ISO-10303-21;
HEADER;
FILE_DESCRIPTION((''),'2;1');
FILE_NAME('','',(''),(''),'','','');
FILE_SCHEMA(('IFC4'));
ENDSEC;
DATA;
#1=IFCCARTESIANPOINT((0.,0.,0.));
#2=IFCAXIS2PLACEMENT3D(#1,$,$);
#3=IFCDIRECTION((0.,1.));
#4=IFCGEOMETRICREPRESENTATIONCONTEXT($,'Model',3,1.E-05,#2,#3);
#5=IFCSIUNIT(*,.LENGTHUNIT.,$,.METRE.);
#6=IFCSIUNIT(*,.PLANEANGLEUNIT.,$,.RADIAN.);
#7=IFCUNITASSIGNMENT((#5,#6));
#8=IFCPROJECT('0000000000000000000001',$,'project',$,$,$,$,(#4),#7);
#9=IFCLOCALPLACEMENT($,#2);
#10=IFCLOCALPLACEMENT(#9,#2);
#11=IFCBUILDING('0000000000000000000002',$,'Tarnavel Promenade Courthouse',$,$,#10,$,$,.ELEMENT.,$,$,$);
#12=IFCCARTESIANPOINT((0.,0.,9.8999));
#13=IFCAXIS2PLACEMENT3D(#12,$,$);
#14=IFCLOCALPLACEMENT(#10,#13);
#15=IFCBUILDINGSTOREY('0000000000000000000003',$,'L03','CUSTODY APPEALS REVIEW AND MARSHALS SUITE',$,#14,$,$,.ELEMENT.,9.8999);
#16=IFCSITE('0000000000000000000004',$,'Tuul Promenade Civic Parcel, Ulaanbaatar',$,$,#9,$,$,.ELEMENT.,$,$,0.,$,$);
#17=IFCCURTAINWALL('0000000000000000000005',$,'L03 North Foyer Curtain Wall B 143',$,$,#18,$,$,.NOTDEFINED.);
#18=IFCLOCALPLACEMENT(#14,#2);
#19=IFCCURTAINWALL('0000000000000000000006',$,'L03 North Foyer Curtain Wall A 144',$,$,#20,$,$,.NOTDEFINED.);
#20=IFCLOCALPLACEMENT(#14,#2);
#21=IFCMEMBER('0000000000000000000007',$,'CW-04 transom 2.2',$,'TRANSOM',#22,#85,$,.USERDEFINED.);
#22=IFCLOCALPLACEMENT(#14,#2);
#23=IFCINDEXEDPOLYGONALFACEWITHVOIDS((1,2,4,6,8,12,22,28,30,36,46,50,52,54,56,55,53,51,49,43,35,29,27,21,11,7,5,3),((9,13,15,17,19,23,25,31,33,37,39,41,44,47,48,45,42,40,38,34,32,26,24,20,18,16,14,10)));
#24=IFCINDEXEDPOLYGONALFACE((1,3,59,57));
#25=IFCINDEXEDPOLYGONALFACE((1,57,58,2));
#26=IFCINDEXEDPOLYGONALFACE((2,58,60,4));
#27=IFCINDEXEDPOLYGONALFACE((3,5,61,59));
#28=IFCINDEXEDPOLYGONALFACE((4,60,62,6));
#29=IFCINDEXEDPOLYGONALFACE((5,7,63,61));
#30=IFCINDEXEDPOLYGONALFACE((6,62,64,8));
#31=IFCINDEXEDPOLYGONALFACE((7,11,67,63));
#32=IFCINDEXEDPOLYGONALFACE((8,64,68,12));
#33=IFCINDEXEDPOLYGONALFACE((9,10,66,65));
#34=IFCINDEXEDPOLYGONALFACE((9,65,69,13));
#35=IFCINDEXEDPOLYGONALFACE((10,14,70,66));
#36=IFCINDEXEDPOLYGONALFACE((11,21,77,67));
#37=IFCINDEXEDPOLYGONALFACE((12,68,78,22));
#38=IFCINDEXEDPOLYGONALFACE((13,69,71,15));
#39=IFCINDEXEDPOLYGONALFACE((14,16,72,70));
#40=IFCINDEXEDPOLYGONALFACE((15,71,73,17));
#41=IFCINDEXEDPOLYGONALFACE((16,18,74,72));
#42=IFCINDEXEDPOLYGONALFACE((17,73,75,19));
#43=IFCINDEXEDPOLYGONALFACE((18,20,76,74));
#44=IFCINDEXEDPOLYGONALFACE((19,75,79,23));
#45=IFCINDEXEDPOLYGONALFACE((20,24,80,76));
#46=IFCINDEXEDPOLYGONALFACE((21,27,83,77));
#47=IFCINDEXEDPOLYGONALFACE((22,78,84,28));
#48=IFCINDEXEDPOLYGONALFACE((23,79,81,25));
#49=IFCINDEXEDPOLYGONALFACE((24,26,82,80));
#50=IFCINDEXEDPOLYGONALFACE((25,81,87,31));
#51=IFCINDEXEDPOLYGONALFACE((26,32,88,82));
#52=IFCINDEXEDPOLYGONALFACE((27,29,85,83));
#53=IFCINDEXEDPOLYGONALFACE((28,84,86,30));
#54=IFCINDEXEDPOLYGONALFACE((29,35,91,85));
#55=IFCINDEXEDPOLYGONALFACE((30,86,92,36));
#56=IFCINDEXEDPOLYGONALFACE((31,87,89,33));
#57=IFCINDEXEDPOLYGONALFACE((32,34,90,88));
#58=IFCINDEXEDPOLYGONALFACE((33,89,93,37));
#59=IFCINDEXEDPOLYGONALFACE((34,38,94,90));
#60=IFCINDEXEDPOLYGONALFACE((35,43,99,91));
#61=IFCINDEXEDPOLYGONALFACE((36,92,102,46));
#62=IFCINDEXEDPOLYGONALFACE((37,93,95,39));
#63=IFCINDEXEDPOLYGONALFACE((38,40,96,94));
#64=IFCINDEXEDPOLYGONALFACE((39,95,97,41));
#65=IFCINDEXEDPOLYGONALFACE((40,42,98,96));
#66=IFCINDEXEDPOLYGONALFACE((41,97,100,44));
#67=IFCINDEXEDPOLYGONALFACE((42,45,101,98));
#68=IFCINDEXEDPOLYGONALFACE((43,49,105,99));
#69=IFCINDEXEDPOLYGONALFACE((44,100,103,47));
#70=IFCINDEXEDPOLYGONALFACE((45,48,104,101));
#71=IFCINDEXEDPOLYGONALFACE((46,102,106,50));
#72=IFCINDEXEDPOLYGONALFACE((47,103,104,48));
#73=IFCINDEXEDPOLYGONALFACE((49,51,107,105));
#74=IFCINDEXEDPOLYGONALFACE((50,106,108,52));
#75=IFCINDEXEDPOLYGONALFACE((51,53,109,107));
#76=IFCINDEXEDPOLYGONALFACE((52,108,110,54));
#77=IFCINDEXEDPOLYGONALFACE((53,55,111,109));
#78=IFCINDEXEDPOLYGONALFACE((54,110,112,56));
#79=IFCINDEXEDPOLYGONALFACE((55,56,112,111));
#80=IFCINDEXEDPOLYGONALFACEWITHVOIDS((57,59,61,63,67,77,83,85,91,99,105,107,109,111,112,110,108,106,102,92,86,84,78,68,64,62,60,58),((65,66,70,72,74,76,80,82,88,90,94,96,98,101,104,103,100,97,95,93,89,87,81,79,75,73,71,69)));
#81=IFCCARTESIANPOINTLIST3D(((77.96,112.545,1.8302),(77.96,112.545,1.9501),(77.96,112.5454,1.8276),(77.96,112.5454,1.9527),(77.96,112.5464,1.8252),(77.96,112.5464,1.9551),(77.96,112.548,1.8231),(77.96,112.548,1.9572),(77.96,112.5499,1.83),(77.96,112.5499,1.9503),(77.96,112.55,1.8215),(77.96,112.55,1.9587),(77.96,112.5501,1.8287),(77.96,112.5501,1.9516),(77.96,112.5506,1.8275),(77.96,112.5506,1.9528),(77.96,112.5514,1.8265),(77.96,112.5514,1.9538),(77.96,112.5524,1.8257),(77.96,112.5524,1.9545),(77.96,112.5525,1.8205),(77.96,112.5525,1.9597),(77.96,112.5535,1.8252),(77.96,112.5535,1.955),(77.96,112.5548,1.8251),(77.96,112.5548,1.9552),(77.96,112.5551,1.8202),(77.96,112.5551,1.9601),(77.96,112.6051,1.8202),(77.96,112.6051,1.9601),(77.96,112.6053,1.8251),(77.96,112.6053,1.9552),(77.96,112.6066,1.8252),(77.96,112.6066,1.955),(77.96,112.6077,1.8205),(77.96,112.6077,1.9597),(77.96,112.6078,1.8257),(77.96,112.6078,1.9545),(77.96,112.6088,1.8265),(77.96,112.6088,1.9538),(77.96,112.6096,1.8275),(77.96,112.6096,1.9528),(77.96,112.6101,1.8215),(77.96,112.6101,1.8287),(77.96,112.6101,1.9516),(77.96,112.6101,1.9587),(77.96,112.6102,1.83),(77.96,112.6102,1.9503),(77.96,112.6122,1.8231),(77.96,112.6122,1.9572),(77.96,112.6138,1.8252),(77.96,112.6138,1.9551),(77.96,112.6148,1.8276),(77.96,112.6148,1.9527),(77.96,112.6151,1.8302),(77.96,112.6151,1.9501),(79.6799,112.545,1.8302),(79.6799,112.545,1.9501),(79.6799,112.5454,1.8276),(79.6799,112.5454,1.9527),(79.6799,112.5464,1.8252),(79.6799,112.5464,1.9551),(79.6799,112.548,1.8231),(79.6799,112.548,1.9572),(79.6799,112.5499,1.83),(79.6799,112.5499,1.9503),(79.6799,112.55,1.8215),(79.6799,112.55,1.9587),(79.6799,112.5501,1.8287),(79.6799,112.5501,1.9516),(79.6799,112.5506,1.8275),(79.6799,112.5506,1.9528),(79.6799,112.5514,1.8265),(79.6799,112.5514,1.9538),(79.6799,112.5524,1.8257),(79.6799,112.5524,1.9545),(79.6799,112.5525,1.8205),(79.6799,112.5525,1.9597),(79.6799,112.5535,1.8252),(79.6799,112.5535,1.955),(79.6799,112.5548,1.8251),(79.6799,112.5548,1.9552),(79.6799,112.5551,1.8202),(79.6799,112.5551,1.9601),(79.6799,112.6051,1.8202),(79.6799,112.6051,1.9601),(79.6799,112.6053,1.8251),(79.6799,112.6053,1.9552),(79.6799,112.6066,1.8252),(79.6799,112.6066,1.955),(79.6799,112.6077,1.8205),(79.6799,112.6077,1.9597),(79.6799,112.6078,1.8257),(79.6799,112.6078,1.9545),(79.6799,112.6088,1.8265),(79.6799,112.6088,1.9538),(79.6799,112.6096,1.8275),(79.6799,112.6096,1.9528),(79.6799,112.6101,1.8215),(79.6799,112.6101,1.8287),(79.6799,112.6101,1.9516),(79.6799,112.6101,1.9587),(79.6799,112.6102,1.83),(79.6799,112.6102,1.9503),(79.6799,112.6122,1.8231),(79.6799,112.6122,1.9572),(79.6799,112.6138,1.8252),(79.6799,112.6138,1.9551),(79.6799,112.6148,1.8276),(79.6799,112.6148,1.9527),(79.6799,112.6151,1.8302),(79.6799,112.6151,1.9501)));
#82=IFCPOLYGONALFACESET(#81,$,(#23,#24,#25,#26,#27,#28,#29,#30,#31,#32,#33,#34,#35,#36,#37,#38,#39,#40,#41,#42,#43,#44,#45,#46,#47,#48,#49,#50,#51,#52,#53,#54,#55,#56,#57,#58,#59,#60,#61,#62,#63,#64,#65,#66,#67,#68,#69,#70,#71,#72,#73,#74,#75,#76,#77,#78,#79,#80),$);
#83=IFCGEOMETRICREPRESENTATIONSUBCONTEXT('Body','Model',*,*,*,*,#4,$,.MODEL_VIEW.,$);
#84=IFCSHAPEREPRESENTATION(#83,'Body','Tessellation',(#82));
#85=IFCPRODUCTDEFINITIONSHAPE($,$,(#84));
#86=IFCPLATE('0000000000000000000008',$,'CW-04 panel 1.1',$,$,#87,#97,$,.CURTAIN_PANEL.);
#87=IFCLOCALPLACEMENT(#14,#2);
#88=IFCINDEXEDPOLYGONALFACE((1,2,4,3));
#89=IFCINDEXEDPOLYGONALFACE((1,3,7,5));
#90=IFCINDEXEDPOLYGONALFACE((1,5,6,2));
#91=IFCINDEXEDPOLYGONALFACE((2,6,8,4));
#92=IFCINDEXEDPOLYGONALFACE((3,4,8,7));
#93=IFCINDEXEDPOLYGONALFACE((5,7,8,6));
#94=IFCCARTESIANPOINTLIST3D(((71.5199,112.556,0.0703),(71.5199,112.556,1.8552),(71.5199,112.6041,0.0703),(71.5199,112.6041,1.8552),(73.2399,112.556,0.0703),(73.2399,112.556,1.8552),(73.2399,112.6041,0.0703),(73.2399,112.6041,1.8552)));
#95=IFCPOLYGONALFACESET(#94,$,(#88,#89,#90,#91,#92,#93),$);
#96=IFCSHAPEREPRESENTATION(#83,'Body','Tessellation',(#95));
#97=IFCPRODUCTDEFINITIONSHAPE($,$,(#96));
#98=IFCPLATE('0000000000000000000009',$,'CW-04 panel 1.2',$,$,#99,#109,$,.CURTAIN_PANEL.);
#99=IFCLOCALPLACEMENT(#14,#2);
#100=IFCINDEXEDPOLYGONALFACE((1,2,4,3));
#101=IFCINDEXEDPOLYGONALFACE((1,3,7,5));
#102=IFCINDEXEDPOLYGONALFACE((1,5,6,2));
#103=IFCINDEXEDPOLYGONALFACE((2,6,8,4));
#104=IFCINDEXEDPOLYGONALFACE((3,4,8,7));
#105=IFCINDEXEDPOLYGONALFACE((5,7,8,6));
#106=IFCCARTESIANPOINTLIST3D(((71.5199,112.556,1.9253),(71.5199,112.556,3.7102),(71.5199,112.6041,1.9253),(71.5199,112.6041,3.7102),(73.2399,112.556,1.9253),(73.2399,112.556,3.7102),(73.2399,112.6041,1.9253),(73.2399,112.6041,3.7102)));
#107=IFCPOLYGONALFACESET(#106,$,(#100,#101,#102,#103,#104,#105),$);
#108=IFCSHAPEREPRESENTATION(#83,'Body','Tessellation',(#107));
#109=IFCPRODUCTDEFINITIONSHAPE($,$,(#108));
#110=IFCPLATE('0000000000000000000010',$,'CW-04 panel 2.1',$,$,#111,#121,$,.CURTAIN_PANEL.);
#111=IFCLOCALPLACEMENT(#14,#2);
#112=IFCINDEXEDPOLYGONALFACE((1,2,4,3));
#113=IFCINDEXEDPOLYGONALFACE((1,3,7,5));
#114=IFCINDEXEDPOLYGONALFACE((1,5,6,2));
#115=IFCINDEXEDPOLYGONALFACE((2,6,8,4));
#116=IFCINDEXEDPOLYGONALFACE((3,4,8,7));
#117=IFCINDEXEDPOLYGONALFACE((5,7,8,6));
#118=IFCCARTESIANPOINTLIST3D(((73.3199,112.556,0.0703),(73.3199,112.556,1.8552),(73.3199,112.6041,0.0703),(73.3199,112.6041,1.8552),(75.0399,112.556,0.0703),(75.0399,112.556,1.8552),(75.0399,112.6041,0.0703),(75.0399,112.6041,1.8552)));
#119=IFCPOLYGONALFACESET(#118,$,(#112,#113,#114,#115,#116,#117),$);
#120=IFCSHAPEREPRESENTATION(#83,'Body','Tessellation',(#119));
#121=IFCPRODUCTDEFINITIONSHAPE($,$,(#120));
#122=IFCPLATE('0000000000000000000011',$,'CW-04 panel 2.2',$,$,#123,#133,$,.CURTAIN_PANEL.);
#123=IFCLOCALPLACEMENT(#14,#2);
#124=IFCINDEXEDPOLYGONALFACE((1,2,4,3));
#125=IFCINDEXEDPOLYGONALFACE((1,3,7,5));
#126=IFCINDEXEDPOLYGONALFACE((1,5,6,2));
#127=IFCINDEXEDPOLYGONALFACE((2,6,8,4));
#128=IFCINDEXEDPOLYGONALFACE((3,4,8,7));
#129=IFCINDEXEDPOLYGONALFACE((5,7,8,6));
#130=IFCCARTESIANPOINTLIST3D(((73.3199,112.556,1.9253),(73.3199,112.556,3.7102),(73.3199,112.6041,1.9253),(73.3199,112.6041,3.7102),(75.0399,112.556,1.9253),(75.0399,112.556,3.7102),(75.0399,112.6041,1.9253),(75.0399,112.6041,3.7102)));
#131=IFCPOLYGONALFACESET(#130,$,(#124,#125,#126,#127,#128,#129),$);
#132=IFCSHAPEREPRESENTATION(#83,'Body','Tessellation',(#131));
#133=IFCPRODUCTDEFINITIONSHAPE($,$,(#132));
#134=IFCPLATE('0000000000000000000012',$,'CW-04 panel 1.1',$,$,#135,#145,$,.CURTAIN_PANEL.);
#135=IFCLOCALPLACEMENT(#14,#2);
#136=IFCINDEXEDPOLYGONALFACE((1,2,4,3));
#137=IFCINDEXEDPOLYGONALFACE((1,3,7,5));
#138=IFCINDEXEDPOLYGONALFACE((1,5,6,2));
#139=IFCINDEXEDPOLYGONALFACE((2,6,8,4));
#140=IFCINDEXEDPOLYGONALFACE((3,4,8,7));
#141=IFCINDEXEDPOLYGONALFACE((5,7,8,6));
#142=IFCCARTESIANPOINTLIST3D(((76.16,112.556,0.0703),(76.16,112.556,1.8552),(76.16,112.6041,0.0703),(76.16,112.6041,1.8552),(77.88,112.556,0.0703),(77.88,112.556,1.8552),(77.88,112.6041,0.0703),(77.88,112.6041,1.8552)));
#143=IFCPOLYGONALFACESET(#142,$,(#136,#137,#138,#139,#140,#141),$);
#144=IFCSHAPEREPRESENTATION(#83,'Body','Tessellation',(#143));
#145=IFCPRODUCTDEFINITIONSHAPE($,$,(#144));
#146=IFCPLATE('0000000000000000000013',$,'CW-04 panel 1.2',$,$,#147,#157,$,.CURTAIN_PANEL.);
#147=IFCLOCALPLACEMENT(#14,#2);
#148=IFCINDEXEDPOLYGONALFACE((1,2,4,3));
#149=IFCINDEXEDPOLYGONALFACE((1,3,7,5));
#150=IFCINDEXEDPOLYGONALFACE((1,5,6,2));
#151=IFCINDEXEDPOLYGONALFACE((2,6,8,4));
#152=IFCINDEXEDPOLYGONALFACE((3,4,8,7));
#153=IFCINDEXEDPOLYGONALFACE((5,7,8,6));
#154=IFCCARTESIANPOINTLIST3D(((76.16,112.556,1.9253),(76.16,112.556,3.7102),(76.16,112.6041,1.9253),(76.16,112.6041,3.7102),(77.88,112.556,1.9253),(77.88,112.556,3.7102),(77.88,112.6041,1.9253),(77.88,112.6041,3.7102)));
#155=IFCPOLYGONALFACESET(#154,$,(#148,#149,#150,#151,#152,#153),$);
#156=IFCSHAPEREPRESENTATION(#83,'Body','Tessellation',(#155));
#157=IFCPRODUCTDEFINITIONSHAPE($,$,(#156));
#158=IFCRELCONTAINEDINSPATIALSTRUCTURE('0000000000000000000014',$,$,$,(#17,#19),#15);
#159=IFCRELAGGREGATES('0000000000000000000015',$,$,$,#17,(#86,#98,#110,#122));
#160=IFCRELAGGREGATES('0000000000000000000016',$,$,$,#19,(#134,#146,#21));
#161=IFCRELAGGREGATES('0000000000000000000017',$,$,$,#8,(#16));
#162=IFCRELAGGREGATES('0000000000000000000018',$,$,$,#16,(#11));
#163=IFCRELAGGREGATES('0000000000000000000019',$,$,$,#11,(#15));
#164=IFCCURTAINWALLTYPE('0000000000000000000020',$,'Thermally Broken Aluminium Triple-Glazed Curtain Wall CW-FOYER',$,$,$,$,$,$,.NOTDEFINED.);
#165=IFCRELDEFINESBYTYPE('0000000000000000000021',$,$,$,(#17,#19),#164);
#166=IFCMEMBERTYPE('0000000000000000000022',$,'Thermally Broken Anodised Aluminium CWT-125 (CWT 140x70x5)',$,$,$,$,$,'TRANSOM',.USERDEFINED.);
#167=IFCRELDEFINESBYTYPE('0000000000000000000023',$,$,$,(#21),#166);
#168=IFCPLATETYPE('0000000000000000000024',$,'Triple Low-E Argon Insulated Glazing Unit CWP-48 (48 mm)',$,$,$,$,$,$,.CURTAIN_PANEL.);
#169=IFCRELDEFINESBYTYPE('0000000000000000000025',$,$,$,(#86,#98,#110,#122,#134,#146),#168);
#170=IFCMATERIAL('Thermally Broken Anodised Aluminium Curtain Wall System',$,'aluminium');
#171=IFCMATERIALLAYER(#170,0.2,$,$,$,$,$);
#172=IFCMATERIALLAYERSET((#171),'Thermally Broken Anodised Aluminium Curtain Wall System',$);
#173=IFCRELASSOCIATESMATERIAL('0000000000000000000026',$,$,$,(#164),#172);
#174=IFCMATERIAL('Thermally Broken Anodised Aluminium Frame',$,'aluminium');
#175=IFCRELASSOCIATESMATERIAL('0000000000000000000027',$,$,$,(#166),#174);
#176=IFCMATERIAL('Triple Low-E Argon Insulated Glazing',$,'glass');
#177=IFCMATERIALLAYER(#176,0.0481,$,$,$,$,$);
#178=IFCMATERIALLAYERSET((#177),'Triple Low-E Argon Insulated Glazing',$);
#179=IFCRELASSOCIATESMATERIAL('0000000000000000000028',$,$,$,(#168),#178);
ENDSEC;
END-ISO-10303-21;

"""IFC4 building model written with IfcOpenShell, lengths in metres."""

from ifc_helpers import new_model, si_unit, direction, frame, origin, origin_2d, place, context, subcontext, project, spatial, rectangle, hollow_rectangle, extrude, material, layer, layer_set, material_profile, profile_set, type_object, element, aggregate, save


model = new_model("IFC4")

# Units and contexts
model_context = context("Model", 3, precision=1e-05, world=origin(), true_north=direction((0.0, 1.0)))
body_context = subcontext(model_context, "Body", "Model", "MODEL_VIEW")
ifc_project = project(units=[si_unit("LENGTHUNIT", "METRE"), si_unit("PLANEANGLEUNIT", "RADIAN")], contexts=[model_context])

# Site, building, storey
site_placement = place(None, origin())
site = spatial("IfcSite", under=ifc_project, at=site_placement, Name="Tuul Promenade Civic Parcel, Ulaanbaatar", CompositionType="ELEMENT", RefElevation=0.0)
building_placement = place(site_placement, origin())
building = spatial("IfcBuilding", under=site, at=building_placement, Name="Tarnavel Promenade Courthouse", CompositionType="ELEMENT")
storey_placement = place(building_placement, frame((0.0, 0.0, 9.8999)))
storey = spatial("IfcBuildingStorey", under=building, at=storey_placement, Name="L03", Description="CUSTODY APPEALS REVIEW AND MARSHALS SUITE", CompositionType="ELEMENT", Elevation=9.8999)

# Curtain walls
ifc_material_1 = material(Name="Thermally Broken Anodised Aluminium Curtain Wall System", Category="aluminium")
ifc_layer_1 = layer(ifc_material_1, 0.2)
ifc_layer_set_1 = layer_set([ifc_layer_1], Name="Thermally Broken Anodised Aluminium Curtain Wall System")
curtain_wall_type = type_object("IfcCurtainWallType", Name="Thermally Broken Aluminium Triple-Glazed Curtain Wall CW-FOYER", PredefinedType="NOTDEFINED", material=ifc_layer_set_1)
curtain_wall_1_placement = place(storey_placement, origin())
curtain_wall_1 = element("IfcCurtainWall", 1, at=curtain_wall_1_placement, inside=storey, type_object=curtain_wall_type, Name="L03 North Foyer Curtain Wall B 143", PredefinedType="NOTDEFINED")
ifc_material_2 = material(Name="Thermally Broken Anodised Aluminium Frame", Category="aluminium")
curtain_wall_2_placement = place(storey_placement, origin())
curtain_wall_2 = element("IfcCurtainWall", 2, at=curtain_wall_2_placement, inside=storey, type_object=curtain_wall_type, Name="L03 North Foyer Curtain Wall A 144", PredefinedType="NOTDEFINED")

# Member
ifc_material_profile_1 = material_profile(ifc_material_2, hollow_rectangle(XDim=0.0701, YDim=0.1399, WallThickness=0.0049, InnerFilletRadius=0.0049, OuterFilletRadius=0.01, at=origin_2d()), Name="CWT 140x70x5")
ifc_profile_set_1 = profile_set([ifc_material_profile_1], Name="Thermally Broken Anodised Aluminium Frame")
member_type_1 = type_object("IfcMemberType", Name="Thermally Broken Anodised Aluminium CWT-125 (CWT 140x70x5)", ElementType="TRANSOM", PredefinedType="USERDEFINED", material=ifc_profile_set_1)
member_1_placement = place(storey_placement, frame((77.96, 112.5801, 1.8901), z_axis=(1.0, 0.0, 0.0), x_axis=(0.0, 1.0, 0.0)))
member_1 = element("IfcMember", 3, at=member_1_placement, type_object=member_type_1, Name="CW-04 transom 2.2", ObjectType="TRANSOM", PredefinedType="USERDEFINED", context=body_context, shape_type="SweptSolid", body=[
    extrude(hollow_rectangle(XDim=0.0701, YDim=0.1399, WallThickness=0.0049, InnerFilletRadius=0.0049, OuterFilletRadius=0.01, at=origin_2d()), origin(), (0.0, 0.0, 1.0), 1.72),
])

# Plates
ifc_material_3 = material(Name="Triple Low-E Argon Insulated Glazing", Category="glass")
ifc_layer_2 = layer(ifc_material_3, 0.0481)
ifc_layer_set_2 = layer_set([ifc_layer_2], Name="Triple Low-E Argon Insulated Glazing")
plate_type = type_object("IfcPlateType", Name="Triple Low-E Argon Insulated Glazing Unit CWP-48 (48 mm)", PredefinedType="CURTAIN_PANEL", material=ifc_layer_set_2)
plate_1_placement = place(storey_placement, frame((72.3799, 112.5801, 0.0703), z_axis=(0.0, 0.0, 1.0), x_axis=(1.0, 0.0, 0.0)))
plate_1 = element("IfcPlate", 4, at=plate_1_placement, type_object=plate_type, Name="CW-04 panel 1.1", PredefinedType="CURTAIN_PANEL", context=body_context, shape_type="SweptSolid", body=[
    extrude(rectangle(XDim=1.72, YDim=0.0481, at=origin_2d()), origin(), (0.0, 0.0, 1.0), 1.7849),
])
plate_2_placement = place(storey_placement, frame((72.3799, 112.5801, 1.9253), z_axis=(0.0, 0.0, 1.0), x_axis=(1.0, 0.0, 0.0)))
plate_2 = element("IfcPlate", 5, at=plate_2_placement, type_object=plate_type, Name="CW-04 panel 1.2", PredefinedType="CURTAIN_PANEL", context=body_context, shape_type="SweptSolid", body=[
    extrude(rectangle(XDim=1.72, YDim=0.0481, at=origin_2d()), origin(), (0.0, 0.0, 1.0), 1.7849),
])
plate_3_placement = place(storey_placement, frame((74.1799, 112.5801, 0.0703), z_axis=(0.0, 0.0, 1.0), x_axis=(1.0, 0.0, 0.0)))
plate_3 = element("IfcPlate", 6, at=plate_3_placement, type_object=plate_type, Name="CW-04 panel 2.1", PredefinedType="CURTAIN_PANEL", context=body_context, shape_type="SweptSolid", body=[
    extrude(rectangle(XDim=1.72, YDim=0.0481, at=origin_2d()), origin(), (0.0, 0.0, 1.0), 1.7849),
])
plate_4_placement = place(storey_placement, frame((74.1799, 112.5801, 1.9253), z_axis=(0.0, 0.0, 1.0), x_axis=(1.0, 0.0, 0.0)))
plate_4 = element("IfcPlate", 7, at=plate_4_placement, type_object=plate_type, Name="CW-04 panel 2.2", PredefinedType="CURTAIN_PANEL", context=body_context, shape_type="SweptSolid", body=[
    extrude(rectangle(XDim=1.72, YDim=0.0481, at=origin_2d()), origin(), (0.0, 0.0, 1.0), 1.7849),
])
aggregate(curtain_wall_1, [plate_1, plate_2, plate_3, plate_4])
plate_5_placement = place(storey_placement, frame((77.02, 112.5801, 0.0703), z_axis=(0.0, 0.0, 1.0), x_axis=(1.0, 0.0, 0.0)))
plate_5 = element("IfcPlate", 8, at=plate_5_placement, type_object=plate_type, Name="CW-04 panel 1.1", PredefinedType="CURTAIN_PANEL", context=body_context, shape_type="SweptSolid", body=[
    extrude(rectangle(XDim=1.72, YDim=0.0481, at=origin_2d()), origin(), (0.0, 0.0, 1.0), 1.7849),
])
plate_6_placement = place(storey_placement, frame((77.02, 112.5801, 1.9253), z_axis=(0.0, 0.0, 1.0), x_axis=(1.0, 0.0, 0.0)))
plate_6 = element("IfcPlate", 9, at=plate_6_placement, type_object=plate_type, Name="CW-04 panel 1.2", PredefinedType="CURTAIN_PANEL", context=body_context, shape_type="SweptSolid", body=[
    extrude(rectangle(XDim=1.72, YDim=0.0481, at=origin_2d()), origin(), (0.0, 0.0, 1.0), 1.7849),
])
aggregate(curtain_wall_2, [plate_5, plate_6, member_1])

save(model, "model.ifc")
